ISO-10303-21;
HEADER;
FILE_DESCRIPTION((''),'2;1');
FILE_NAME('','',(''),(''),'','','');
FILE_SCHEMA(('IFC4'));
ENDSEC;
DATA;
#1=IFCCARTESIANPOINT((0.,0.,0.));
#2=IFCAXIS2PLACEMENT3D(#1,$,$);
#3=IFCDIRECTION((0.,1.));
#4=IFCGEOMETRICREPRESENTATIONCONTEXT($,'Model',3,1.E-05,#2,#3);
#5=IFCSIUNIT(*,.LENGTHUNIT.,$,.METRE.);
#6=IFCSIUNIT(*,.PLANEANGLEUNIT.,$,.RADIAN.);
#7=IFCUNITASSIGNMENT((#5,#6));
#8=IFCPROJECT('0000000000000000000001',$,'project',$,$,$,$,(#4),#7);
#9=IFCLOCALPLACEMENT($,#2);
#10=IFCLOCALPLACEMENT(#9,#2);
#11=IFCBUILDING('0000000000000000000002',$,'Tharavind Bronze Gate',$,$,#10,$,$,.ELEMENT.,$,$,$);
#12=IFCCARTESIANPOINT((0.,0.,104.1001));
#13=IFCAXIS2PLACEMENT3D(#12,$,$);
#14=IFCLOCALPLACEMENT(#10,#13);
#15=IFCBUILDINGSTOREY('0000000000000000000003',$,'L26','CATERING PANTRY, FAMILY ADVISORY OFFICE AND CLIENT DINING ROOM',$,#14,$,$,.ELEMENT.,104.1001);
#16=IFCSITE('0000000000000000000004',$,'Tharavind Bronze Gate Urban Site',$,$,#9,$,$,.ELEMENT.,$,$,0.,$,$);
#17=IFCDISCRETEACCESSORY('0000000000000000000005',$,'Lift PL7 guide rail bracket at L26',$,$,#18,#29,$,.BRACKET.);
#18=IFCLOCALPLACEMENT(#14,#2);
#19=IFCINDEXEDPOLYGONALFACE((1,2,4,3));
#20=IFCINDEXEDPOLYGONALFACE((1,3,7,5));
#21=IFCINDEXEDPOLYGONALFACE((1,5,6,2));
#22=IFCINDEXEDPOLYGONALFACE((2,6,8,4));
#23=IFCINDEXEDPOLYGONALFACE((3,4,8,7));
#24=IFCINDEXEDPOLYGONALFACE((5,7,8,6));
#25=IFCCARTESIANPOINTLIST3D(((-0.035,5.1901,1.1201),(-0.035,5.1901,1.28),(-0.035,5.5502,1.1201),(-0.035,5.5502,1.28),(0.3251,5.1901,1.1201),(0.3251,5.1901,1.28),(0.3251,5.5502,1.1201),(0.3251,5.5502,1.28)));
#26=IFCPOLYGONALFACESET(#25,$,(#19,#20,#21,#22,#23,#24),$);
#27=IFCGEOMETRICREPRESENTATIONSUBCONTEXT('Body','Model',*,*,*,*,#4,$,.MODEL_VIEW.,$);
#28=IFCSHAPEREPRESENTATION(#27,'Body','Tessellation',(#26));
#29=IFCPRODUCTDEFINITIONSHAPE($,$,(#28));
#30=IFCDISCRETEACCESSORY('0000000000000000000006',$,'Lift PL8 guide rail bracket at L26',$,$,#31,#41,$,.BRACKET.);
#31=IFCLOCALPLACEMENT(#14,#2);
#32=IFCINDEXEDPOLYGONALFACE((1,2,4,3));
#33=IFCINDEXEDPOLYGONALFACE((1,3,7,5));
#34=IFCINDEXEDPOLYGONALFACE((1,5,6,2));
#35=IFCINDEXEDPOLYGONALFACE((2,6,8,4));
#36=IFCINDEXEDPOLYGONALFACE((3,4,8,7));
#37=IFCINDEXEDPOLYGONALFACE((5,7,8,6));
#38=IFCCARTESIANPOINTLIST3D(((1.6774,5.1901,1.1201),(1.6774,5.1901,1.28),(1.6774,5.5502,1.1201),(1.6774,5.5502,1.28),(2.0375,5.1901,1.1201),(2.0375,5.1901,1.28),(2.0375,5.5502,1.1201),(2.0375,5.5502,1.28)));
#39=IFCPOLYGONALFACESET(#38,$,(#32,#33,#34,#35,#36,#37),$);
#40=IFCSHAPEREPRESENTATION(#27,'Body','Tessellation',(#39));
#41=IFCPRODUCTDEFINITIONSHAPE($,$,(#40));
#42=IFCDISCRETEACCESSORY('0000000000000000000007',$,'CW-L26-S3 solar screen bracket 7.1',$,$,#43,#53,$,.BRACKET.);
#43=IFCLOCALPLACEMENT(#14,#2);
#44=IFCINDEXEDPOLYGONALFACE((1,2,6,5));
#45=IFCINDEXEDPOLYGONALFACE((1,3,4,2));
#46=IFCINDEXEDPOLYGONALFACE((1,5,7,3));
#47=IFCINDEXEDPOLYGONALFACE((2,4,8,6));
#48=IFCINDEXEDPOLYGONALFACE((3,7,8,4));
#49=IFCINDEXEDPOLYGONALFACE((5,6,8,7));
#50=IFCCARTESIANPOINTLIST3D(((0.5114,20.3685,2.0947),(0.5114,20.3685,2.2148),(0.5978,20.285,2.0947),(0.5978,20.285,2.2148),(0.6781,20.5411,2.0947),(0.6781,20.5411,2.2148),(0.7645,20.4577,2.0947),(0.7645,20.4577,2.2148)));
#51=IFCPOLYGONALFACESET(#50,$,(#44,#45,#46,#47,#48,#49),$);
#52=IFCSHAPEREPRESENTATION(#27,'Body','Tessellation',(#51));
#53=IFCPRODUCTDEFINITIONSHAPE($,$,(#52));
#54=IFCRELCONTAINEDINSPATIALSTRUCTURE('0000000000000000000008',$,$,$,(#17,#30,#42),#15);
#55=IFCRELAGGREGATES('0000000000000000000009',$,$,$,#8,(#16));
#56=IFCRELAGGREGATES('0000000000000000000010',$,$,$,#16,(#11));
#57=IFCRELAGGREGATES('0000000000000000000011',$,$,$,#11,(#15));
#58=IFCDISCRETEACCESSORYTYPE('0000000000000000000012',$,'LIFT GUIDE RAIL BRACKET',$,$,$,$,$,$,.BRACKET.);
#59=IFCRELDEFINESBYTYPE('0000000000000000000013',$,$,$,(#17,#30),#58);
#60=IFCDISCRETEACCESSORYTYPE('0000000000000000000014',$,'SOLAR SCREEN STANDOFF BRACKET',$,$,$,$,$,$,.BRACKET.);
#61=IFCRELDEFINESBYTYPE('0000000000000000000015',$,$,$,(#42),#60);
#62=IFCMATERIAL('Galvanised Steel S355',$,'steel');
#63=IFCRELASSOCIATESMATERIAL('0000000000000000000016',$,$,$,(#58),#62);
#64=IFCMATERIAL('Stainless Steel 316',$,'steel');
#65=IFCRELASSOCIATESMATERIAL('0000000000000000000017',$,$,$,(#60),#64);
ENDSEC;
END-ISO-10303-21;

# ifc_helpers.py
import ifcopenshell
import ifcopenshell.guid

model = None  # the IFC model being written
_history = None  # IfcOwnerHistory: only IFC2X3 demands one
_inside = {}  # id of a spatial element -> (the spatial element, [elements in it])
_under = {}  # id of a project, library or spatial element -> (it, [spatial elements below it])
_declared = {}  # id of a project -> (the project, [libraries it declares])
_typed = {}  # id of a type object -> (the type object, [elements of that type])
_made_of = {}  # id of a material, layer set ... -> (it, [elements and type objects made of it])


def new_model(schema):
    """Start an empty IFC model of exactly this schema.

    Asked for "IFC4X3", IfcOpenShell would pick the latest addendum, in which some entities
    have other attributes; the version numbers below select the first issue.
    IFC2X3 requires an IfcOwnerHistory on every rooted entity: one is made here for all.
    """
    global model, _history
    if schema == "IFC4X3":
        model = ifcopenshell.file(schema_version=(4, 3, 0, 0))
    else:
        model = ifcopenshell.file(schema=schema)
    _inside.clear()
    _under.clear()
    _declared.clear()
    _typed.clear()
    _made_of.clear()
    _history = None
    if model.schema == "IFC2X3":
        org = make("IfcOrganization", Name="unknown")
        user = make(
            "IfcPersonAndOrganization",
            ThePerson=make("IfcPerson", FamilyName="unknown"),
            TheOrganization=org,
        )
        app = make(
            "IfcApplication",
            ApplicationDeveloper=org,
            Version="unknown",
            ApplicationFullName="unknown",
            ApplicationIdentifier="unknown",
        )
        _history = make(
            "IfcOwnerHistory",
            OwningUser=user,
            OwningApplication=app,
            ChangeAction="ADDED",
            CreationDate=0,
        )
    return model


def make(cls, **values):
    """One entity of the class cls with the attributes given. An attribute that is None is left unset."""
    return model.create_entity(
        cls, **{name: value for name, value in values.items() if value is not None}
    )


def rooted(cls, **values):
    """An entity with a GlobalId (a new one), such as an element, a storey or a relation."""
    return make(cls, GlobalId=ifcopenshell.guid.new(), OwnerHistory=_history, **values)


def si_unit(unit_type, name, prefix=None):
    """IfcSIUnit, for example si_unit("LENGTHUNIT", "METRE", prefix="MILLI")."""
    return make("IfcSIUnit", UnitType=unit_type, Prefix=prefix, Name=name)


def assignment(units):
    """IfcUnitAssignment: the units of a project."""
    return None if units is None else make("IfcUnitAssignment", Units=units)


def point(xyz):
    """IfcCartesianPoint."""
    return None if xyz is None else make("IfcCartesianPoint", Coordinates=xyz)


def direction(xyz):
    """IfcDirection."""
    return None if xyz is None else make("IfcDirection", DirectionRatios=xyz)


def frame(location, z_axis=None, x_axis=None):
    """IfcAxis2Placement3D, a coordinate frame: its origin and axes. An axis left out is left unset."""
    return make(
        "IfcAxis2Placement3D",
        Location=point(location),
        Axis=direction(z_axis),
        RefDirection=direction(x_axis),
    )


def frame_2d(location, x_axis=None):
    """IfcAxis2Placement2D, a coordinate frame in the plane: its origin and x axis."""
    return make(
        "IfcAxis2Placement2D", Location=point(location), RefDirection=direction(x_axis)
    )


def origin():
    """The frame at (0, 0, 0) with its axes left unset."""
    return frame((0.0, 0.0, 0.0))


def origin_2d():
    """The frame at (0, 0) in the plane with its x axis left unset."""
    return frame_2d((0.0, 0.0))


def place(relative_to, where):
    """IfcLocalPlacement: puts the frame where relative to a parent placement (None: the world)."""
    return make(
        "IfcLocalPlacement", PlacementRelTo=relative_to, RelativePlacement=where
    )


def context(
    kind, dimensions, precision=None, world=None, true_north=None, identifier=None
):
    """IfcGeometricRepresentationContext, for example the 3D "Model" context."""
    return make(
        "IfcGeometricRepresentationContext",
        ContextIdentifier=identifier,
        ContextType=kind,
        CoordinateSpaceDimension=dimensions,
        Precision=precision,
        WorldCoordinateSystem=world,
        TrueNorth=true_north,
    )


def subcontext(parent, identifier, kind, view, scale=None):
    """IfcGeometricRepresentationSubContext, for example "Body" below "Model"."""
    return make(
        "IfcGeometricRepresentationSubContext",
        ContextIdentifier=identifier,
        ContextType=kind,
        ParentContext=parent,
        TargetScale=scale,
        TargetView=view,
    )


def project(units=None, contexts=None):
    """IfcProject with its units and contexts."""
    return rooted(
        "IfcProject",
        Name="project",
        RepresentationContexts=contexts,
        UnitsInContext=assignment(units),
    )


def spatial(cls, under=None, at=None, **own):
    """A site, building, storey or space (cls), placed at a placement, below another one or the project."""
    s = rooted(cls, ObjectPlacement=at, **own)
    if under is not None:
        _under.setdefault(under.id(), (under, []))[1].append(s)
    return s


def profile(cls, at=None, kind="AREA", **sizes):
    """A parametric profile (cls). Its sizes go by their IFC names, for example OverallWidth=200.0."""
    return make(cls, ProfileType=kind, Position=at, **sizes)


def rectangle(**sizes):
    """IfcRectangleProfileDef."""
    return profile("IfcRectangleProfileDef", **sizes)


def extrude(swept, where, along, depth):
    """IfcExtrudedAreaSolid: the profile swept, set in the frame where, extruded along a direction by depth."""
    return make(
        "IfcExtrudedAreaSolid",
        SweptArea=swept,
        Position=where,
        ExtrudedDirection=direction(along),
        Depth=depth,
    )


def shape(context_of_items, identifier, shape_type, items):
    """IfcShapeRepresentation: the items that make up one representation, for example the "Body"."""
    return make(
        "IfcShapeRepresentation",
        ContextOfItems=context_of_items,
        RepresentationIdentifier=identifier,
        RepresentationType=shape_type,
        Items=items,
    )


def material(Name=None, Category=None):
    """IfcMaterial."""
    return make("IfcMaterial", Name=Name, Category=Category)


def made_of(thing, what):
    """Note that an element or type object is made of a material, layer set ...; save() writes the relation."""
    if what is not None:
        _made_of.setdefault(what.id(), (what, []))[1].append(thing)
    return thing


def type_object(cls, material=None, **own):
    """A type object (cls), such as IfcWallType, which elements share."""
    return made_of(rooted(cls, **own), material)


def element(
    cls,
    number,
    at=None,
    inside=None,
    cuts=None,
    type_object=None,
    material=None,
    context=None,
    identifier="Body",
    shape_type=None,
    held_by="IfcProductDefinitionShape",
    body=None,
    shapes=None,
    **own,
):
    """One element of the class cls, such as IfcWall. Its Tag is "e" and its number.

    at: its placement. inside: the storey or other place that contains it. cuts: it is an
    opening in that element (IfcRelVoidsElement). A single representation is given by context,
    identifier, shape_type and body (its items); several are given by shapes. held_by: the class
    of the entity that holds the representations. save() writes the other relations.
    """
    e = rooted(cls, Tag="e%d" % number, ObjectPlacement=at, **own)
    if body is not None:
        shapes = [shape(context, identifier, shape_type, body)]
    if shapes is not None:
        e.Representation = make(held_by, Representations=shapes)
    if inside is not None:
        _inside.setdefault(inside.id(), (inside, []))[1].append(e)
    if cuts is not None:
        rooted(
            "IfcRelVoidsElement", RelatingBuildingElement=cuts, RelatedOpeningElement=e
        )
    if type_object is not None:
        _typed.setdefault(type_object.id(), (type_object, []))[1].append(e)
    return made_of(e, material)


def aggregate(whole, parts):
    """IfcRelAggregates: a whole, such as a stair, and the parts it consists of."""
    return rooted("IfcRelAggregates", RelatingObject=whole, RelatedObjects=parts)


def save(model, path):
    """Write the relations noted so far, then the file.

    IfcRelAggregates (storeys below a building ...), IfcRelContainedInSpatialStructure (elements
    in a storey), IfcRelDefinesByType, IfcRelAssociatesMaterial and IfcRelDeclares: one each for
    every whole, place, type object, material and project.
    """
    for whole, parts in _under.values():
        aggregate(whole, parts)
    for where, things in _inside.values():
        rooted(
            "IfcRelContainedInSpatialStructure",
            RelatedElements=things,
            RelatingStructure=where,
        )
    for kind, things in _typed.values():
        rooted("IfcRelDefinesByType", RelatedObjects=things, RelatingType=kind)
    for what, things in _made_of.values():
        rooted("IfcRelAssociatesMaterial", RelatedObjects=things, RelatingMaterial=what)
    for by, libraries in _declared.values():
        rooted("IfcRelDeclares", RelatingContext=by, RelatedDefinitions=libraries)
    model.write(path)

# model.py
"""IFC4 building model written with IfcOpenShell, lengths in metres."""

from ifc_helpers import new_model, si_unit, direction, frame, origin, origin_2d, place, context, subcontext, project, spatial, rectangle, extrude, material, type_object, element, save


model = new_model("IFC4")

# Units and contexts
model_context = context("Model", 3, precision=1e-05, world=origin(), true_north=direction((0.0, 1.0)))
body_context = subcontext(model_context, "Body", "Model", "MODEL_VIEW")
ifc_project = project(units=[si_unit("LENGTHUNIT", "METRE"), si_unit("PLANEANGLEUNIT", "RADIAN")], contexts=[model_context])

# Site, building, storey
site_placement = place(None, origin())
site = spatial("IfcSite", under=ifc_project, at=site_placement, Name="Tharavind Bronze Gate Urban Site", CompositionType="ELEMENT", RefElevation=0.0)
building_placement = place(site_placement, origin())
building = spatial("IfcBuilding", under=site, at=building_placement, Name="Tharavind Bronze Gate", CompositionType="ELEMENT")
storey_placement = place(building_placement, frame((0.0, 0.0, 104.1001)))
storey = spatial("IfcBuildingStorey", under=building, at=storey_placement, Name="L26", Description="CATERING PANTRY, FAMILY ADVISORY OFFICE AND CLIENT DINING ROOM", CompositionType="ELEMENT", Elevation=104.1001)

# Discrete accessories
ifc_material_1 = material(Name="Galvanised Steel S355", Category="steel")
discrete_accessory_type_1 = type_object("IfcDiscreteAccessoryType", Name="LIFT GUIDE RAIL BRACKET", PredefinedType="BRACKET", material=ifc_material_1)
for number, where, z_axis, x_axis, name in (
    (1, (0.145, 5.3701, 1.1201), (0.0, 0.0, 1.0), (1.0, 0.0, 0.0), "Lift PL7 guide rail bracket at L26"),
    (2, (1.8574, 5.3701, 1.1201), (0.0, 0.0, 1.0), (1.0, 0.0, 0.0), "Lift PL8 guide rail bracket at L26"),
):
    element("IfcDiscreteAccessory", number, at=place(storey_placement, frame(where, z_axis=z_axis, x_axis=x_axis)), inside=storey, type_object=discrete_accessory_type_1, Name=name, PredefinedType="BRACKET", context=body_context, shape_type="SweptSolid", body=[
        extrude(rectangle(XDim=0.3601, YDim=0.3601, at=origin_2d()), origin(), (0.0, 0.0, 1.0), 0.1599),
    ])
ifc_material_2 = material(Name="Stainless Steel 316", Category="steel")
discrete_accessory_type_2 = type_object("IfcDiscreteAccessoryType", Name="SOLAR SCREEN STANDOFF BRACKET", PredefinedType="BRACKET", material=ifc_material_2)
discrete_accessory_placement = place(storey_placement, frame((0.6379, 20.4131, 2.0947), z_axis=(0.0, 0.0, 1.0), x_axis=(-0.719341, 0.694657, 0.0)))
element("IfcDiscreteAccessory", 3, at=discrete_accessory_placement, inside=storey, type_object=discrete_accessory_type_2, Name="CW-L26-S3 solar screen bracket 7.1", PredefinedType="BRACKET", context=body_context, shape_type="SweptSolid", body=[
    extrude(rectangle(XDim=0.1201, YDim=0.24, at=origin_2d()), origin(), (0.0, 0.0, 1.0), 0.1201),
])

save(model, "model.ifc")
